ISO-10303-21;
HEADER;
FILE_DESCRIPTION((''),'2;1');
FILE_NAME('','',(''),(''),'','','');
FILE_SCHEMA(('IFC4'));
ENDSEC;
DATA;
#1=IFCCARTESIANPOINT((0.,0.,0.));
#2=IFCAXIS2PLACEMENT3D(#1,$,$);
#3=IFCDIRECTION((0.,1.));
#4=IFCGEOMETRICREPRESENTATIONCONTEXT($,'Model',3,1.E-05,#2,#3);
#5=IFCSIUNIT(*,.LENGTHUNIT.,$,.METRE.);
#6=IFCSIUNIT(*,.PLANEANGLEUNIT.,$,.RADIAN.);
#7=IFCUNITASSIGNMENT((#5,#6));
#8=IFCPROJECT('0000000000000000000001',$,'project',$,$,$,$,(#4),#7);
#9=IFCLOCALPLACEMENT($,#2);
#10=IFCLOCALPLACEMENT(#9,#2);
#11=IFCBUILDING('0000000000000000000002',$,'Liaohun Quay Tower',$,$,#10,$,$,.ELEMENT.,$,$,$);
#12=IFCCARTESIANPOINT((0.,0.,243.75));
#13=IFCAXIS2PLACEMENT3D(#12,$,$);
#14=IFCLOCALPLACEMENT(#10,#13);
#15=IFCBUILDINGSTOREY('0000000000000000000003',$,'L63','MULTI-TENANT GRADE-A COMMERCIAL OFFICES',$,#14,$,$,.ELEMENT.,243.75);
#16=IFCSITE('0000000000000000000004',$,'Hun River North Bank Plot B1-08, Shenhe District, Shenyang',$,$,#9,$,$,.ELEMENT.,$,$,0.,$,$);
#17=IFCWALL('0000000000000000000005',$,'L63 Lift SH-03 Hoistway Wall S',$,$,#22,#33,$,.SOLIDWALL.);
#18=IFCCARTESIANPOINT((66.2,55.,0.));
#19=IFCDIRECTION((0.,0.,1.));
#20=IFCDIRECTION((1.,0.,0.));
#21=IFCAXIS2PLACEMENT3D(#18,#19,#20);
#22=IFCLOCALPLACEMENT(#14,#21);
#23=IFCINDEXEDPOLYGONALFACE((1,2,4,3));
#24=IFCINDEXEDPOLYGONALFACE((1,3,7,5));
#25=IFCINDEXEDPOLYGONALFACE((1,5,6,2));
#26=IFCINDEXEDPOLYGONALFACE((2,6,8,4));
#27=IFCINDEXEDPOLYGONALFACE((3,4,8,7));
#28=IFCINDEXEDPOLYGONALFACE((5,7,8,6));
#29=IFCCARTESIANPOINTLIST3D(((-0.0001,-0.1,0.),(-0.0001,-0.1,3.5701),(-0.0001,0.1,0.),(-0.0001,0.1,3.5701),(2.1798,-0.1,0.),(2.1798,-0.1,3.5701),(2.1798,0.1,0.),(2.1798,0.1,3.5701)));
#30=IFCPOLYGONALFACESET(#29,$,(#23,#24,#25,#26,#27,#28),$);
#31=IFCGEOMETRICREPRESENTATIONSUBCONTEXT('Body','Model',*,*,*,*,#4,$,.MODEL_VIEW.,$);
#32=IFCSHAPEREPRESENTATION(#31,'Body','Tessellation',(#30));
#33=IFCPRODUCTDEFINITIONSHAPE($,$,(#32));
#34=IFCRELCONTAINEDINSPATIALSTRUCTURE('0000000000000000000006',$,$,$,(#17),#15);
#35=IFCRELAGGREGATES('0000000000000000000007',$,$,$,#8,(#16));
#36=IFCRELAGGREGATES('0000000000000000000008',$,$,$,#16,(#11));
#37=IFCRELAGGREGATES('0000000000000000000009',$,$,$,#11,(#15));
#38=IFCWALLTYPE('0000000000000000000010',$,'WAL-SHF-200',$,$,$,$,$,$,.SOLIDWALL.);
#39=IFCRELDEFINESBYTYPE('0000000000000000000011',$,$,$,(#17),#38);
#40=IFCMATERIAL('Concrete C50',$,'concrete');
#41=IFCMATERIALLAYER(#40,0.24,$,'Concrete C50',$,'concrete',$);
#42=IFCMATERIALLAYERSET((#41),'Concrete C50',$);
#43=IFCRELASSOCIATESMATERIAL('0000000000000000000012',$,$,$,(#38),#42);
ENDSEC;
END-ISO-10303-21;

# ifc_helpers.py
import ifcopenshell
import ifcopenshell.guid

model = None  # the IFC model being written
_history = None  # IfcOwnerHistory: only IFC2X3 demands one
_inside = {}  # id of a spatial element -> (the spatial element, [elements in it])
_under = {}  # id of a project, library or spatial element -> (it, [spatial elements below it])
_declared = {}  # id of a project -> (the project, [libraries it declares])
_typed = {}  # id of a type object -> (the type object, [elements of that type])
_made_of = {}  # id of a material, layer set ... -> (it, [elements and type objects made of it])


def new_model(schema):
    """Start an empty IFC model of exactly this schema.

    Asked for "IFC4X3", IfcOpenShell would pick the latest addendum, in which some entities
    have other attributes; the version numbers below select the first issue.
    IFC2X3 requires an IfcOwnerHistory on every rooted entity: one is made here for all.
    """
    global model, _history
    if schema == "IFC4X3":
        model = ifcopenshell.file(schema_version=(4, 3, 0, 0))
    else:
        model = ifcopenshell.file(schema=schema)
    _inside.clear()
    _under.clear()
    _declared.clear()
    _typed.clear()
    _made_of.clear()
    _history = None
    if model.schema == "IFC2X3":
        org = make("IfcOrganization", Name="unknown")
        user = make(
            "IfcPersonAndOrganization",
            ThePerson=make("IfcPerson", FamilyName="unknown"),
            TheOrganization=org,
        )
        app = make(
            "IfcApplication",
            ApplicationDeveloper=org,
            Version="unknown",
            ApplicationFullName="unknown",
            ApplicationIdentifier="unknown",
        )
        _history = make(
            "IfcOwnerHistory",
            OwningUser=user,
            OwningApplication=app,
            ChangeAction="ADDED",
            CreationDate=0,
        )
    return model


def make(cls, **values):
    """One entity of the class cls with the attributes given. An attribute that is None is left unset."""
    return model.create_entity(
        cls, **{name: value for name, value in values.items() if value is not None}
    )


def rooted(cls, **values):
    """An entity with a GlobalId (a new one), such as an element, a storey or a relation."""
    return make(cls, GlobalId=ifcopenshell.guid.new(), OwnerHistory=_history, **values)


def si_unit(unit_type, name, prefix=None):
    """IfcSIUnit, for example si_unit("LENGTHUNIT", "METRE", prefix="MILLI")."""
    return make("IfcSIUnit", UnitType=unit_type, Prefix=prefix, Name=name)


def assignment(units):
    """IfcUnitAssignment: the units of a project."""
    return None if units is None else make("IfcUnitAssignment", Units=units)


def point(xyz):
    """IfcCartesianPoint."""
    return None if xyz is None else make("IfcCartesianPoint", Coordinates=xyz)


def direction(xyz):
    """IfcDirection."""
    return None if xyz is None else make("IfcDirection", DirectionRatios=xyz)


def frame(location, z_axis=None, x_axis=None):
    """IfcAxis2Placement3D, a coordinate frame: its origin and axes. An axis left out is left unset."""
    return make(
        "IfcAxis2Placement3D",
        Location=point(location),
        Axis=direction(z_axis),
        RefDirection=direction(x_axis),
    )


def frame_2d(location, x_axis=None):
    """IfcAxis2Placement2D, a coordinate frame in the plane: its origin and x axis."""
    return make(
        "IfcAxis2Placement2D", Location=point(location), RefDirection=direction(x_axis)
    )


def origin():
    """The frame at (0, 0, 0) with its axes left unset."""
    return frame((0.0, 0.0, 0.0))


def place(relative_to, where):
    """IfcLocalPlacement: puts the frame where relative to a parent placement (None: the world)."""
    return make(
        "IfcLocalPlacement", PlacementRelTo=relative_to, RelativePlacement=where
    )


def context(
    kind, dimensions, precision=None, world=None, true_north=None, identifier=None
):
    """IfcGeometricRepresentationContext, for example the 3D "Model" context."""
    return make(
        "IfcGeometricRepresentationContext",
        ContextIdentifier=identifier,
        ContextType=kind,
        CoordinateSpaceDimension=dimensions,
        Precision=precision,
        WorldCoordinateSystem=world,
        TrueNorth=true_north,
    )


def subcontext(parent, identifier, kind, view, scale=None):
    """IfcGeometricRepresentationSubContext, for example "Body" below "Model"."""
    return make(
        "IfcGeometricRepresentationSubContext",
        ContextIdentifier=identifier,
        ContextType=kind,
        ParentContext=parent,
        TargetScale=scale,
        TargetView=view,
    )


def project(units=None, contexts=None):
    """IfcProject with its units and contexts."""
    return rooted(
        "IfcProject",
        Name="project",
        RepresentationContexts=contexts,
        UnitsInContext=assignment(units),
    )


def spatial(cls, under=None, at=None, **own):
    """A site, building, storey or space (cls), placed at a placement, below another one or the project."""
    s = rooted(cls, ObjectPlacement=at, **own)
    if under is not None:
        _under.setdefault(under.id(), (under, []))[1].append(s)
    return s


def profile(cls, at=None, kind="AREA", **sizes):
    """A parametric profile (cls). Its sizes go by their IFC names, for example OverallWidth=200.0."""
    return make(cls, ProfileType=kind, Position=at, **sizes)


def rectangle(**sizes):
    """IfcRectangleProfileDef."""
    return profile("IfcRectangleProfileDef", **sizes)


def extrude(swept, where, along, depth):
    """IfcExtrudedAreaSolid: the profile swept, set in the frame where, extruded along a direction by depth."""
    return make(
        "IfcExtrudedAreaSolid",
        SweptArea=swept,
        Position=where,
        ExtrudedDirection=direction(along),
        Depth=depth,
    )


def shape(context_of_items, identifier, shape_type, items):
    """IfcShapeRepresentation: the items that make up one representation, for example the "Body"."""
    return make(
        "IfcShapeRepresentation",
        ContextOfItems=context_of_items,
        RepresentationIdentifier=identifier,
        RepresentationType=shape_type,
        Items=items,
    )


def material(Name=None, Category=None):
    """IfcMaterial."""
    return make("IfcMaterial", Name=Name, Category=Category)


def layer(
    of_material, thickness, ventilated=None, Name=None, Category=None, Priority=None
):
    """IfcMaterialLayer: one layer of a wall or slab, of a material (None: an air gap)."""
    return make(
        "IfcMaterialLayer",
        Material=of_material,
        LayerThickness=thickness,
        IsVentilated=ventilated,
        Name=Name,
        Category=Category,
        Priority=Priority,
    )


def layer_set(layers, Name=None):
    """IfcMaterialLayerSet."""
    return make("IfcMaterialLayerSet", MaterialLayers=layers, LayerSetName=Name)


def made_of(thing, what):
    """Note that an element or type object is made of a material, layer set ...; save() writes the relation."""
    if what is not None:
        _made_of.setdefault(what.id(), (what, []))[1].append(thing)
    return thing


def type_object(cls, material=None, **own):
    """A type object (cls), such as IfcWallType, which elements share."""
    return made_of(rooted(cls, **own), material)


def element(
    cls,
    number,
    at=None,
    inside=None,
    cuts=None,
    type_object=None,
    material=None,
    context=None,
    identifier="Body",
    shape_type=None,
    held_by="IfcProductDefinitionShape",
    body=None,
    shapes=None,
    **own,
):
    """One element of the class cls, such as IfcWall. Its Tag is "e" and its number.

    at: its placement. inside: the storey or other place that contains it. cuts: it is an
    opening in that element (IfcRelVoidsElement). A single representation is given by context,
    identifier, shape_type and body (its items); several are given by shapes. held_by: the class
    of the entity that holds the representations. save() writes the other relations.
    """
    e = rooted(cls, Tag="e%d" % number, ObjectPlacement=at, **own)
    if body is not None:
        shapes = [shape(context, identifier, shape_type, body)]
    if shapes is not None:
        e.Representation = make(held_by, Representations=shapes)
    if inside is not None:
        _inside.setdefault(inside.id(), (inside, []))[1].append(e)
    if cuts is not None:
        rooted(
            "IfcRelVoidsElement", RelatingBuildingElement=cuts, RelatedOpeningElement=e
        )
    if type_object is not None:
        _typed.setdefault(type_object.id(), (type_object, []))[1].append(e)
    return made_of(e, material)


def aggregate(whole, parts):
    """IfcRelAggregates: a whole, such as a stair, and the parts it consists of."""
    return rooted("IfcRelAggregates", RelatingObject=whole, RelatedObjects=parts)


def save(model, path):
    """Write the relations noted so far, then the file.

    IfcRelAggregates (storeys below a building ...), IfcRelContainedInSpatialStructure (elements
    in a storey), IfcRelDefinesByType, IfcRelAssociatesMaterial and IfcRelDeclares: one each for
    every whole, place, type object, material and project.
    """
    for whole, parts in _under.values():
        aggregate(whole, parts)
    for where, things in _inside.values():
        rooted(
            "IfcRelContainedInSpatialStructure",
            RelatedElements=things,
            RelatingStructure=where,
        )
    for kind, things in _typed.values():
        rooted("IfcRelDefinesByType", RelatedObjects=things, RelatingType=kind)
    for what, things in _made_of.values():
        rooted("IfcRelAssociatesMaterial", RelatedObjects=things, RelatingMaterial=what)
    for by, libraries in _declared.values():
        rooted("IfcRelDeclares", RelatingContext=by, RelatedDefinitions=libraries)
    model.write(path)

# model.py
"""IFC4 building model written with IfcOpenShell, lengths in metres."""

from ifc_helpers import new_model, si_unit, direction, frame, frame_2d, origin, place, context, subcontext, project, spatial, rectangle, extrude, material, layer, layer_set, type_object, element, save


model = new_model("IFC4")

# Units and contexts
model_context = context("Model", 3, precision=1e-05, world=origin(), true_north=direction((0.0, 1.0)))
body_context = subcontext(model_context, "Body", "Model", "MODEL_VIEW")
ifc_project = project(units=[si_unit("LENGTHUNIT", "METRE"), si_unit("PLANEANGLEUNIT", "RADIAN")], contexts=[model_context])

# Site, building, storey
site_placement = place(None, origin())
site = spatial("IfcSite", under=ifc_project, at=site_placement, Name="Hun River North Bank Plot B1-08, Shenhe District, Shenyang", CompositionType="ELEMENT", RefElevation=0.0)
building_placement = place(site_placement, origin())
building = spatial("IfcBuilding", under=site, at=building_placement, Name="Liaohun Quay Tower", CompositionType="ELEMENT")
storey_placement = place(building_placement, frame((0.0, 0.0, 243.75)))
storey = spatial("IfcBuildingStorey", under=building, at=storey_placement, Name="L63", Description="MULTI-TENANT GRADE-A COMMERCIAL OFFICES", CompositionType="ELEMENT", Elevation=243.75)

# Shared definitions
ifc_material_1 = material(Name="Concrete C50", Category="concrete")
ifc_layer_1 = layer(ifc_material_1, 0.24, Name="Concrete C50", Category="concrete")
ifc_layer_set_1 = layer_set([ifc_layer_1], Name="Concrete C50")
wall_type_1 = type_object("IfcWallType", Name="WAL-SHF-200", PredefinedType="SOLIDWALL", material=ifc_layer_set_1)

# Wall
wall_1_placement = place(storey_placement, frame((66.2, 55.0, 0.0), z_axis=(0.0, 0.0, 1.0), x_axis=(1.0, 0.0, 0.0)))
element("IfcWall", 1, at=wall_1_placement, inside=storey, type_object=wall_type_1, Name="L63 Lift SH-03 Hoistway Wall S", PredefinedType="SOLIDWALL", context=body_context, shape_type="SweptSolid", body=[
    extrude(rectangle(XDim=2.1799, YDim=0.2, at=frame_2d((1.0898, 0.0))), origin(), (0.0, 0.0, 1.0), 3.5701),
])

save(model, "model.ifc")
